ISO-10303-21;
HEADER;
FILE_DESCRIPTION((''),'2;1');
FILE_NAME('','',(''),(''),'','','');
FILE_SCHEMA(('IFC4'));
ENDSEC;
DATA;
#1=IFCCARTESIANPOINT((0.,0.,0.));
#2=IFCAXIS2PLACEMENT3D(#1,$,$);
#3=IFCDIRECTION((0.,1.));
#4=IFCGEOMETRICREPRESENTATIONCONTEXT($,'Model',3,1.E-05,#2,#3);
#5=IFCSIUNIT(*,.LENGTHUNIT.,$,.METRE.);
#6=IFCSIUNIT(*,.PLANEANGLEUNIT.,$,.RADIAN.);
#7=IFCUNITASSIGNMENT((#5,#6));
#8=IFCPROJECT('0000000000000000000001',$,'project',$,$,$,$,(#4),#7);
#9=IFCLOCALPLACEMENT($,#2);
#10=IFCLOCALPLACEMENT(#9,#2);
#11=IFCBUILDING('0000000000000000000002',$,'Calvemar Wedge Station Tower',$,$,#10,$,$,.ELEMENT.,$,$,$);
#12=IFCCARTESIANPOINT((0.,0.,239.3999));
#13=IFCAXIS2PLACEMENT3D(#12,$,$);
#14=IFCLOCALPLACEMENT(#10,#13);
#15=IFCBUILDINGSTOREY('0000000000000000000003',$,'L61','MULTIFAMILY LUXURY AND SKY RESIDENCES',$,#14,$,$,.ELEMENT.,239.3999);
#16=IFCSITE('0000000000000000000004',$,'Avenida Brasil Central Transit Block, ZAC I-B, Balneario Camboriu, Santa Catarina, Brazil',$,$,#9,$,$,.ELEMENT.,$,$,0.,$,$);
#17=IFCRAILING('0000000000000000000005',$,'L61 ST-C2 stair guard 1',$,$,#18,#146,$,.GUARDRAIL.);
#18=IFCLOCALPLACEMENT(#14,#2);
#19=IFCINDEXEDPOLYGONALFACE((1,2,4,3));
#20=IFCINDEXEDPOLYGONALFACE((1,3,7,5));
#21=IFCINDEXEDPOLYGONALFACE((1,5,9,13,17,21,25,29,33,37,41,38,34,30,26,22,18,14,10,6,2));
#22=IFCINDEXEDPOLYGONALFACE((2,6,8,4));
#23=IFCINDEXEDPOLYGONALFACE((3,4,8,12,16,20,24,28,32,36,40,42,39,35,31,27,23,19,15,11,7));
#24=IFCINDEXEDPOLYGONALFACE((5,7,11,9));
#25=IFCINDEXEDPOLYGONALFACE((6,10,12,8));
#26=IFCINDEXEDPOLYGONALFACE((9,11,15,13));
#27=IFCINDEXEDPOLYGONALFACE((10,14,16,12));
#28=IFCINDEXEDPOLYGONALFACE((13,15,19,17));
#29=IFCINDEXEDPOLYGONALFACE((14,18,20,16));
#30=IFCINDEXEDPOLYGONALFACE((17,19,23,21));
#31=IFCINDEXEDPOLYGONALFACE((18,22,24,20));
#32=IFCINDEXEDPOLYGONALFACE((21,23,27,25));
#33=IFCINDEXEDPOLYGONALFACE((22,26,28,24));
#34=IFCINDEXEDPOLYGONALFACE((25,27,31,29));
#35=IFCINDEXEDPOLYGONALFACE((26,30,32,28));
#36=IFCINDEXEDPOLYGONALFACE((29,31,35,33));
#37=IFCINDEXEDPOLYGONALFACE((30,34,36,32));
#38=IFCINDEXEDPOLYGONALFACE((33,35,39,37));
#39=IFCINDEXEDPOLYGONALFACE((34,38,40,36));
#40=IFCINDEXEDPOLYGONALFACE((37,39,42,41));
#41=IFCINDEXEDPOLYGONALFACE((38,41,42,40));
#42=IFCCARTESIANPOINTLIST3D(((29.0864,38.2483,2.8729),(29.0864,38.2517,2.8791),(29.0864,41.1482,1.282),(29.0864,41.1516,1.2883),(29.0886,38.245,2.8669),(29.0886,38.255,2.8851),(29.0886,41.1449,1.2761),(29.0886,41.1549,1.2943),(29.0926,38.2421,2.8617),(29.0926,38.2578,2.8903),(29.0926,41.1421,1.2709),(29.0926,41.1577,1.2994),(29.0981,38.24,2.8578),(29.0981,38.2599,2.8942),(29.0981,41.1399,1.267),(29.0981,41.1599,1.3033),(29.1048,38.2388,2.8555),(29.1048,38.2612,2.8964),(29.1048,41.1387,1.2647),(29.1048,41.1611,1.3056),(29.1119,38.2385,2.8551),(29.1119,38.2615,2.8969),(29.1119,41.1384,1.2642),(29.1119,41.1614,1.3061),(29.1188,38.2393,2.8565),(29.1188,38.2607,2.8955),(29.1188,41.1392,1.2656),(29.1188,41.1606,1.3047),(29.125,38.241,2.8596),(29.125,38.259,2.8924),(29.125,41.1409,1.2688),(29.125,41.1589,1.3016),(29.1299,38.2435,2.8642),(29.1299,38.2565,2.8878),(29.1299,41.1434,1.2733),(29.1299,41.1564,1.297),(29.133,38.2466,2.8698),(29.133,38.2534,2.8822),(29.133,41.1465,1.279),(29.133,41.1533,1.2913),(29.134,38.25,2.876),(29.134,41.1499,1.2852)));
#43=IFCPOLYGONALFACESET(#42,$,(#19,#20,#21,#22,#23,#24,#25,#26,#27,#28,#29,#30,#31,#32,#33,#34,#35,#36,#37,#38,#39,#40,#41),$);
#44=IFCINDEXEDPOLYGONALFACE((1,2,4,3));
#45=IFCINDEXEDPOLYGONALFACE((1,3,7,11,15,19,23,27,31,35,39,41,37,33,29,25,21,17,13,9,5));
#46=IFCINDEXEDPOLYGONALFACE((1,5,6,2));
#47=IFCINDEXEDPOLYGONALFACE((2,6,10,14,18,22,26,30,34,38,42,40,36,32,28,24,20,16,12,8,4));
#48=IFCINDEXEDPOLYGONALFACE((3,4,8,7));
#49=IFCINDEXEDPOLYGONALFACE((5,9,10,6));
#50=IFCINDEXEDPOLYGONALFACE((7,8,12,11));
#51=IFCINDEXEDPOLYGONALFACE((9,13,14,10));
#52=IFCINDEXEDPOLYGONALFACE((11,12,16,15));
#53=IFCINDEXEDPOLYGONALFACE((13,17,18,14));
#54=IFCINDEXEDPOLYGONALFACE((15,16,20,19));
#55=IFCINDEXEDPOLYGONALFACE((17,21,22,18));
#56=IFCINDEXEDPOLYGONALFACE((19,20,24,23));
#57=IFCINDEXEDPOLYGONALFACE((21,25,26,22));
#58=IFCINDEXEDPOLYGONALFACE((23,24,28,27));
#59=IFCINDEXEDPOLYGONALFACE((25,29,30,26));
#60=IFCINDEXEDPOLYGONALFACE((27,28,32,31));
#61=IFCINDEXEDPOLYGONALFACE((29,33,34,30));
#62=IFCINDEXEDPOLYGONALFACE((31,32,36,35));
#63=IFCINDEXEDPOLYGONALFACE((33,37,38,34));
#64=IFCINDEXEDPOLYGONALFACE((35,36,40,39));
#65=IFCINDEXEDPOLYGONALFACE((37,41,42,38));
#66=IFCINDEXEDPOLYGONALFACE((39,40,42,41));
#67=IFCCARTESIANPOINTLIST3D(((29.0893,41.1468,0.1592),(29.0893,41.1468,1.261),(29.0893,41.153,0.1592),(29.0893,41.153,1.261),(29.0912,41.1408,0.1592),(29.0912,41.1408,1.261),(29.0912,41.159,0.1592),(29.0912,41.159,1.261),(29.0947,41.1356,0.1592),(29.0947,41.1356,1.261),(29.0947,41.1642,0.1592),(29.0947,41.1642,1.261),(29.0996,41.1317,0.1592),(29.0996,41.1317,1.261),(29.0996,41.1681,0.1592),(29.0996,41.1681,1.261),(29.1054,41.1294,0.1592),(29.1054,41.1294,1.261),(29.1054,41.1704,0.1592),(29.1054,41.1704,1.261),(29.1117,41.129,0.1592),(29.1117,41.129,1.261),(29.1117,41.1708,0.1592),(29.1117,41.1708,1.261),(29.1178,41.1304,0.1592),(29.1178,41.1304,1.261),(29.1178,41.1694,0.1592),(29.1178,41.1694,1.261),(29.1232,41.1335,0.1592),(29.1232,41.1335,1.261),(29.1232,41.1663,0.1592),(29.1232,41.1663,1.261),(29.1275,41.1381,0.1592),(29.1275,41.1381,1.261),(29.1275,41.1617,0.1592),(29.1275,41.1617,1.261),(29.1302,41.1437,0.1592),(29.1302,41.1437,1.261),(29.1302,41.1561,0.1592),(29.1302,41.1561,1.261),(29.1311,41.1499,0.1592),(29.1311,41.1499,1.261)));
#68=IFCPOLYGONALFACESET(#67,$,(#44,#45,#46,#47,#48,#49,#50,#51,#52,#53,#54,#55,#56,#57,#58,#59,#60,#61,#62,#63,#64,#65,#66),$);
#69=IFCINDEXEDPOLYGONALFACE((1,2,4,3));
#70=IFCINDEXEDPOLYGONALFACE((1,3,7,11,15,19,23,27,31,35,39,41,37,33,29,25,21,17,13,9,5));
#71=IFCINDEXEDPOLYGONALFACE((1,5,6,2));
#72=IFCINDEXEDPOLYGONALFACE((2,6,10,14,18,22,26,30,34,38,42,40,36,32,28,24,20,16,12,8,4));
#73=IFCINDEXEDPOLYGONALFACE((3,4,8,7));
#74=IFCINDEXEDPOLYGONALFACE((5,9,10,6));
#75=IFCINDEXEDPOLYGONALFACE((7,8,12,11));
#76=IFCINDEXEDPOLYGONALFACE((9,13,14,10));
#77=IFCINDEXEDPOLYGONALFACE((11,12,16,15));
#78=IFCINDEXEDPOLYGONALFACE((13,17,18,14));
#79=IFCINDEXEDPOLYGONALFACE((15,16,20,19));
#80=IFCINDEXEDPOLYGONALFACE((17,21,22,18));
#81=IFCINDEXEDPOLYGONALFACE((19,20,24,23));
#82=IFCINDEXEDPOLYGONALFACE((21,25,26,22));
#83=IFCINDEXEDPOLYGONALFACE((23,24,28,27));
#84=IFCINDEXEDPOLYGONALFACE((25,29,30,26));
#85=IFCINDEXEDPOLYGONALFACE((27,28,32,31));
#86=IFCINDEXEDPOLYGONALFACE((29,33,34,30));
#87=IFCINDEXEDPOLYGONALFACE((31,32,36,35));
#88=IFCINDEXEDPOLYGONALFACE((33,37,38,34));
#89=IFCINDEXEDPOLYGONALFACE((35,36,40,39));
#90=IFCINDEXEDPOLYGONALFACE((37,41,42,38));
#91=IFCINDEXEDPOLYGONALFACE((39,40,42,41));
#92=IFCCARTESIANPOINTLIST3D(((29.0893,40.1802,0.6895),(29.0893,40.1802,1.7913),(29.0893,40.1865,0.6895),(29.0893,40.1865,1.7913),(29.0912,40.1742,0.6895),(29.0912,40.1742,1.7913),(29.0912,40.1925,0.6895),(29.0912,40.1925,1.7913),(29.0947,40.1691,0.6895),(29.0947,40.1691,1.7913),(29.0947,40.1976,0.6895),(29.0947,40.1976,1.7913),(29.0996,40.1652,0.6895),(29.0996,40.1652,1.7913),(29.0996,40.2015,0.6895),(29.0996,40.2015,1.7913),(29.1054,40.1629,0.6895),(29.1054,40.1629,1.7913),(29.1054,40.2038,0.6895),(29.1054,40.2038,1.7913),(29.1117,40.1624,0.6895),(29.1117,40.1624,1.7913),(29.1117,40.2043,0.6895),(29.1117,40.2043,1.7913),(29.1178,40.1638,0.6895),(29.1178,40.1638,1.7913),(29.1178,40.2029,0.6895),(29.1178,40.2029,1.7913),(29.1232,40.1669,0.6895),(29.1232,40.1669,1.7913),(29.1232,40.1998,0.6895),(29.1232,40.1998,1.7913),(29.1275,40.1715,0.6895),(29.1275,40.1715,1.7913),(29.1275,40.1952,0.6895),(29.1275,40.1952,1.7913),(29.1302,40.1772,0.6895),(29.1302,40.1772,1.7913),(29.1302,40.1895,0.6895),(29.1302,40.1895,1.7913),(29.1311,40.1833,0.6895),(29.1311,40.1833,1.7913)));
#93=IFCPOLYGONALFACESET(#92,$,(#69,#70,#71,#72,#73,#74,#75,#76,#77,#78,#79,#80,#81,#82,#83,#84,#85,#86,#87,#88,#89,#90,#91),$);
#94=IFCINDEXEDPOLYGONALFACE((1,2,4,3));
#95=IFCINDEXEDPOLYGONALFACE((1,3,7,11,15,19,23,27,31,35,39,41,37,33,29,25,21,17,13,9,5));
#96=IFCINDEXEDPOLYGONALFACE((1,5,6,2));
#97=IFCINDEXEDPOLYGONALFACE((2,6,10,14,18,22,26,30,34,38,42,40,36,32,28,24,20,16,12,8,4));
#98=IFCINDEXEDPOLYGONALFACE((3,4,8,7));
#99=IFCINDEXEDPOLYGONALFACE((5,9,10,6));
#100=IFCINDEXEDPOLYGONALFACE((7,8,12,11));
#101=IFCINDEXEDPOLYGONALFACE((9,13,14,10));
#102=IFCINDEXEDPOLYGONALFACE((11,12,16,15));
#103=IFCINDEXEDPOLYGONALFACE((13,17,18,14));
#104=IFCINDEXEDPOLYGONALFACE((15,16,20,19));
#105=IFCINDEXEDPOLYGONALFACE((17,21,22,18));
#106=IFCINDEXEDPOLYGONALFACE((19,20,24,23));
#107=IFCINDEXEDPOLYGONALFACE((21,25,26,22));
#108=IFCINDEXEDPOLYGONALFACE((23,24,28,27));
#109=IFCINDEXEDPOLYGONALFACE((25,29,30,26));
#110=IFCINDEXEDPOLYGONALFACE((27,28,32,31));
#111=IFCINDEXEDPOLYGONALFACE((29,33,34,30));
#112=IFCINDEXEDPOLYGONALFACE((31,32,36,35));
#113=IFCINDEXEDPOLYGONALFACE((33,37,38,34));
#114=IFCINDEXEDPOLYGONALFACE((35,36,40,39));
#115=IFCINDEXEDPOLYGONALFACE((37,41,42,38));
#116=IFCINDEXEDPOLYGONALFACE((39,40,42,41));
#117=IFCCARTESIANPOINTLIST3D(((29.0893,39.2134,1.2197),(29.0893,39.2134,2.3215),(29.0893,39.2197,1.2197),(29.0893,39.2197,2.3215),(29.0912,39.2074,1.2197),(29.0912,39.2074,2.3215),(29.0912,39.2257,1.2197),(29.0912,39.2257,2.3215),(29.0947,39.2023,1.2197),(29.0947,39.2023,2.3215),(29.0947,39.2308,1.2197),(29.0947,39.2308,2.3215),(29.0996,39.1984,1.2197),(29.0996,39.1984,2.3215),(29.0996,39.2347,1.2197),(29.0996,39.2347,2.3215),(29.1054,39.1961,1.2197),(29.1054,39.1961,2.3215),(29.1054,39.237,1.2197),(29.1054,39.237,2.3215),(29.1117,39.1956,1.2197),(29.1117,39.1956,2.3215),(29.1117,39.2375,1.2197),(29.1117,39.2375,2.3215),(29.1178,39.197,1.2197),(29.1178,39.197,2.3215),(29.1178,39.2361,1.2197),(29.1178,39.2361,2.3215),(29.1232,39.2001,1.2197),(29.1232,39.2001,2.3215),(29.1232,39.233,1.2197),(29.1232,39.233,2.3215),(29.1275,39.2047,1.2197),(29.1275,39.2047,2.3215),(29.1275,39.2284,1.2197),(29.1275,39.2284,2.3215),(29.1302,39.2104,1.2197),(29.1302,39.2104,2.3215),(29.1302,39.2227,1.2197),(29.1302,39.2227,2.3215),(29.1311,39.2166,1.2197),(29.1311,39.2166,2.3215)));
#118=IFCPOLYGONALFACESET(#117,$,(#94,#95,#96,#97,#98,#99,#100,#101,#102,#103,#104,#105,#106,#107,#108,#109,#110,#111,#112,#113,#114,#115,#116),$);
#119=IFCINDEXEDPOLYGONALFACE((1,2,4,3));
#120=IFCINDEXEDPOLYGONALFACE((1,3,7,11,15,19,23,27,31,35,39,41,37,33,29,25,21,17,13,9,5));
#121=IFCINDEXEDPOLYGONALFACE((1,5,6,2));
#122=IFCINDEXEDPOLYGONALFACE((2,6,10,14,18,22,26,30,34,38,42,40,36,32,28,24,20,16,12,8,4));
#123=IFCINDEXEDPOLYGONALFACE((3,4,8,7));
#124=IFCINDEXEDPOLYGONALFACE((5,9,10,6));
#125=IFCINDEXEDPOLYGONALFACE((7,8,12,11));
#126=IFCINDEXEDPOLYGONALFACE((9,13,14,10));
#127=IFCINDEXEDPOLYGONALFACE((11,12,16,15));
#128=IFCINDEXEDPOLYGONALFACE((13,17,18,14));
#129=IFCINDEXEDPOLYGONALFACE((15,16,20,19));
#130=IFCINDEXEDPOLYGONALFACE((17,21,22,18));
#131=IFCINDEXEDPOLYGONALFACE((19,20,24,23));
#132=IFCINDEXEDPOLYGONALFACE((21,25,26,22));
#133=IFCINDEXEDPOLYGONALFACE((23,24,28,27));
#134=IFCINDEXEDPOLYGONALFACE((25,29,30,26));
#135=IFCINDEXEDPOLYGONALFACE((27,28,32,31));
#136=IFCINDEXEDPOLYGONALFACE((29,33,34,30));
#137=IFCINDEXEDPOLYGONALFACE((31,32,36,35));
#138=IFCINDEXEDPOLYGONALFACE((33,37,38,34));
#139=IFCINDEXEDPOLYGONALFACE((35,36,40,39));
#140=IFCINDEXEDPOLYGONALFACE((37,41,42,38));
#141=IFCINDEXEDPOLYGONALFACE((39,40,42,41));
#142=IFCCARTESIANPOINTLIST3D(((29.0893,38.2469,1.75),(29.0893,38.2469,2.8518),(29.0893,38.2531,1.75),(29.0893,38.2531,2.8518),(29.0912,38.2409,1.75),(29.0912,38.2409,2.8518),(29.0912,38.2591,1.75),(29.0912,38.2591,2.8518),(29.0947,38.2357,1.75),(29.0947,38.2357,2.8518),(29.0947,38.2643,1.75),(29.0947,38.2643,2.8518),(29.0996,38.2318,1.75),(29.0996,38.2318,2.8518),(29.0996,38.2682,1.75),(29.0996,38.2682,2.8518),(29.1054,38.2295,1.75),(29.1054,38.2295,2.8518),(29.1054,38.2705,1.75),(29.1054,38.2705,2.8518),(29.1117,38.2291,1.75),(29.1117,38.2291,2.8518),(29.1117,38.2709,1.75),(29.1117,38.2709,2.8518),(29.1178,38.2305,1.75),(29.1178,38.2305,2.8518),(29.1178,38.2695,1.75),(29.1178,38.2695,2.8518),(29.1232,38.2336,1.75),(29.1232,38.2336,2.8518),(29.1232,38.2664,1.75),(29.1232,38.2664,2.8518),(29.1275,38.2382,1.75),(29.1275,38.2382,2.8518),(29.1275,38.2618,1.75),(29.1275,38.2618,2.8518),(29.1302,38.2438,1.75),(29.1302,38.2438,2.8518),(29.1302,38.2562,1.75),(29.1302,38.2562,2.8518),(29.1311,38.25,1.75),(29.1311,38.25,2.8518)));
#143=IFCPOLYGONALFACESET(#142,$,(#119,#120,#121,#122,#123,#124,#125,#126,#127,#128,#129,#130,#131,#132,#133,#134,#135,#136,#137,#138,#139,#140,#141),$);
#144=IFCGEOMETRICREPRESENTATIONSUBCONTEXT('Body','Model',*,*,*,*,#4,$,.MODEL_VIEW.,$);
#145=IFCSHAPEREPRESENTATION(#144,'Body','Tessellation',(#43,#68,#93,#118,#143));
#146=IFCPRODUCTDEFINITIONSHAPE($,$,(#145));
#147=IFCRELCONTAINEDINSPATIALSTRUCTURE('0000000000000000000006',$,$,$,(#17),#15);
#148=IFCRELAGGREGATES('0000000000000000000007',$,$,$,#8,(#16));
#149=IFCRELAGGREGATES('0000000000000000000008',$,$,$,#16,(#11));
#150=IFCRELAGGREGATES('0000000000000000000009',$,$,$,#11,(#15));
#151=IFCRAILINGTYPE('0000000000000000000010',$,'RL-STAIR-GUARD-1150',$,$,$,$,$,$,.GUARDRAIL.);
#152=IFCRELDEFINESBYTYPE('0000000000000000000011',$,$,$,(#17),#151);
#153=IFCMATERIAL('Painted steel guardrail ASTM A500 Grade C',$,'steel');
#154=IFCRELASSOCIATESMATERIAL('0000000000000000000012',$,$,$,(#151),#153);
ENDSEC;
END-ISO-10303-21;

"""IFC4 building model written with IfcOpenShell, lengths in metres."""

from ifc_helpers import new_model, si_unit, direction, frame, origin, origin_2d, place, context, subcontext, project, spatial, circle, extrude, material, type_object, element, save


model = new_model("IFC4")

# Units and contexts
model_context = context("Model", 3, precision=1e-05, world=origin(), true_north=direction((0.0, 1.0)))
body_context = subcontext(model_context, "Body", "Model", "MODEL_VIEW")
ifc_project = project(units=[si_unit("LENGTHUNIT", "METRE"), si_unit("PLANEANGLEUNIT", "RADIAN")], contexts=[model_context])

# Site, building, storey
site_placement = place(None, origin())
site = spatial("IfcSite", under=ifc_project, at=site_placement, Name="Avenida Brasil Central Transit Block, ZAC I-B, Balneario Camboriu, Santa Catarina, Brazil", CompositionType="ELEMENT", RefElevation=0.0)
building_placement = place(site_placement, origin())
building = spatial("IfcBuilding", under=site, at=building_placement, Name="Calvemar Wedge Station Tower", CompositionType="ELEMENT")
storey_placement = place(building_placement, frame((0.0, 0.0, 239.3999)))
storey = spatial("IfcBuildingStorey", under=building, at=storey_placement, Name="L61", Description="MULTIFAMILY LUXURY AND SKY RESIDENCES", CompositionType="ELEMENT", Elevation=239.3999)

# Railing
ifc_material_1 = material(Name="Painted steel guardrail ASTM A500 Grade C", Category="steel")
railing_type_1 = type_object("IfcRailingType", Name="RL-STAIR-GUARD-1150", PredefinedType="GUARDRAIL", material=ifc_material_1)
railing_1_placement = place(storey_placement, frame((29.1101, 41.1499, 0.1592)))
element("IfcRailing", 1, at=railing_1_placement, inside=storey, type_object=railing_type_1, Name="L61 ST-C2 stair guard 1", PredefinedType="GUARDRAIL", context=body_context, shape_type="SweptSolid", body=[
    extrude(circle(Radius=0.0239, at=origin_2d()), frame((0.0, 0.0, 1.126), z_axis=(0.0, -0.876742, 0.480961), x_axis=(1.0, 0.0, 0.0)), (0.0, 0.0, 1.0), 3.3076),
    extrude(circle(Radius=0.021, at=origin_2d()), origin(), (0.0, 0.0, 1.0), 1.1018),
    extrude(circle(Radius=0.021, at=origin_2d()), frame((0.0, -0.9666, 0.5303)), (0.0, 0.0, 1.0), 1.1018),
    extrude(circle(Radius=0.021, at=origin_2d()), frame((0.0, -1.9333, 1.0605)), (0.0, 0.0, 1.0), 1.1018),
    extrude(circle(Radius=0.021, at=origin_2d()), frame((0.0, -2.8999, 1.5908)), (0.0, 0.0, 1.0), 1.1018),
])

save(model, "model.ifc")
